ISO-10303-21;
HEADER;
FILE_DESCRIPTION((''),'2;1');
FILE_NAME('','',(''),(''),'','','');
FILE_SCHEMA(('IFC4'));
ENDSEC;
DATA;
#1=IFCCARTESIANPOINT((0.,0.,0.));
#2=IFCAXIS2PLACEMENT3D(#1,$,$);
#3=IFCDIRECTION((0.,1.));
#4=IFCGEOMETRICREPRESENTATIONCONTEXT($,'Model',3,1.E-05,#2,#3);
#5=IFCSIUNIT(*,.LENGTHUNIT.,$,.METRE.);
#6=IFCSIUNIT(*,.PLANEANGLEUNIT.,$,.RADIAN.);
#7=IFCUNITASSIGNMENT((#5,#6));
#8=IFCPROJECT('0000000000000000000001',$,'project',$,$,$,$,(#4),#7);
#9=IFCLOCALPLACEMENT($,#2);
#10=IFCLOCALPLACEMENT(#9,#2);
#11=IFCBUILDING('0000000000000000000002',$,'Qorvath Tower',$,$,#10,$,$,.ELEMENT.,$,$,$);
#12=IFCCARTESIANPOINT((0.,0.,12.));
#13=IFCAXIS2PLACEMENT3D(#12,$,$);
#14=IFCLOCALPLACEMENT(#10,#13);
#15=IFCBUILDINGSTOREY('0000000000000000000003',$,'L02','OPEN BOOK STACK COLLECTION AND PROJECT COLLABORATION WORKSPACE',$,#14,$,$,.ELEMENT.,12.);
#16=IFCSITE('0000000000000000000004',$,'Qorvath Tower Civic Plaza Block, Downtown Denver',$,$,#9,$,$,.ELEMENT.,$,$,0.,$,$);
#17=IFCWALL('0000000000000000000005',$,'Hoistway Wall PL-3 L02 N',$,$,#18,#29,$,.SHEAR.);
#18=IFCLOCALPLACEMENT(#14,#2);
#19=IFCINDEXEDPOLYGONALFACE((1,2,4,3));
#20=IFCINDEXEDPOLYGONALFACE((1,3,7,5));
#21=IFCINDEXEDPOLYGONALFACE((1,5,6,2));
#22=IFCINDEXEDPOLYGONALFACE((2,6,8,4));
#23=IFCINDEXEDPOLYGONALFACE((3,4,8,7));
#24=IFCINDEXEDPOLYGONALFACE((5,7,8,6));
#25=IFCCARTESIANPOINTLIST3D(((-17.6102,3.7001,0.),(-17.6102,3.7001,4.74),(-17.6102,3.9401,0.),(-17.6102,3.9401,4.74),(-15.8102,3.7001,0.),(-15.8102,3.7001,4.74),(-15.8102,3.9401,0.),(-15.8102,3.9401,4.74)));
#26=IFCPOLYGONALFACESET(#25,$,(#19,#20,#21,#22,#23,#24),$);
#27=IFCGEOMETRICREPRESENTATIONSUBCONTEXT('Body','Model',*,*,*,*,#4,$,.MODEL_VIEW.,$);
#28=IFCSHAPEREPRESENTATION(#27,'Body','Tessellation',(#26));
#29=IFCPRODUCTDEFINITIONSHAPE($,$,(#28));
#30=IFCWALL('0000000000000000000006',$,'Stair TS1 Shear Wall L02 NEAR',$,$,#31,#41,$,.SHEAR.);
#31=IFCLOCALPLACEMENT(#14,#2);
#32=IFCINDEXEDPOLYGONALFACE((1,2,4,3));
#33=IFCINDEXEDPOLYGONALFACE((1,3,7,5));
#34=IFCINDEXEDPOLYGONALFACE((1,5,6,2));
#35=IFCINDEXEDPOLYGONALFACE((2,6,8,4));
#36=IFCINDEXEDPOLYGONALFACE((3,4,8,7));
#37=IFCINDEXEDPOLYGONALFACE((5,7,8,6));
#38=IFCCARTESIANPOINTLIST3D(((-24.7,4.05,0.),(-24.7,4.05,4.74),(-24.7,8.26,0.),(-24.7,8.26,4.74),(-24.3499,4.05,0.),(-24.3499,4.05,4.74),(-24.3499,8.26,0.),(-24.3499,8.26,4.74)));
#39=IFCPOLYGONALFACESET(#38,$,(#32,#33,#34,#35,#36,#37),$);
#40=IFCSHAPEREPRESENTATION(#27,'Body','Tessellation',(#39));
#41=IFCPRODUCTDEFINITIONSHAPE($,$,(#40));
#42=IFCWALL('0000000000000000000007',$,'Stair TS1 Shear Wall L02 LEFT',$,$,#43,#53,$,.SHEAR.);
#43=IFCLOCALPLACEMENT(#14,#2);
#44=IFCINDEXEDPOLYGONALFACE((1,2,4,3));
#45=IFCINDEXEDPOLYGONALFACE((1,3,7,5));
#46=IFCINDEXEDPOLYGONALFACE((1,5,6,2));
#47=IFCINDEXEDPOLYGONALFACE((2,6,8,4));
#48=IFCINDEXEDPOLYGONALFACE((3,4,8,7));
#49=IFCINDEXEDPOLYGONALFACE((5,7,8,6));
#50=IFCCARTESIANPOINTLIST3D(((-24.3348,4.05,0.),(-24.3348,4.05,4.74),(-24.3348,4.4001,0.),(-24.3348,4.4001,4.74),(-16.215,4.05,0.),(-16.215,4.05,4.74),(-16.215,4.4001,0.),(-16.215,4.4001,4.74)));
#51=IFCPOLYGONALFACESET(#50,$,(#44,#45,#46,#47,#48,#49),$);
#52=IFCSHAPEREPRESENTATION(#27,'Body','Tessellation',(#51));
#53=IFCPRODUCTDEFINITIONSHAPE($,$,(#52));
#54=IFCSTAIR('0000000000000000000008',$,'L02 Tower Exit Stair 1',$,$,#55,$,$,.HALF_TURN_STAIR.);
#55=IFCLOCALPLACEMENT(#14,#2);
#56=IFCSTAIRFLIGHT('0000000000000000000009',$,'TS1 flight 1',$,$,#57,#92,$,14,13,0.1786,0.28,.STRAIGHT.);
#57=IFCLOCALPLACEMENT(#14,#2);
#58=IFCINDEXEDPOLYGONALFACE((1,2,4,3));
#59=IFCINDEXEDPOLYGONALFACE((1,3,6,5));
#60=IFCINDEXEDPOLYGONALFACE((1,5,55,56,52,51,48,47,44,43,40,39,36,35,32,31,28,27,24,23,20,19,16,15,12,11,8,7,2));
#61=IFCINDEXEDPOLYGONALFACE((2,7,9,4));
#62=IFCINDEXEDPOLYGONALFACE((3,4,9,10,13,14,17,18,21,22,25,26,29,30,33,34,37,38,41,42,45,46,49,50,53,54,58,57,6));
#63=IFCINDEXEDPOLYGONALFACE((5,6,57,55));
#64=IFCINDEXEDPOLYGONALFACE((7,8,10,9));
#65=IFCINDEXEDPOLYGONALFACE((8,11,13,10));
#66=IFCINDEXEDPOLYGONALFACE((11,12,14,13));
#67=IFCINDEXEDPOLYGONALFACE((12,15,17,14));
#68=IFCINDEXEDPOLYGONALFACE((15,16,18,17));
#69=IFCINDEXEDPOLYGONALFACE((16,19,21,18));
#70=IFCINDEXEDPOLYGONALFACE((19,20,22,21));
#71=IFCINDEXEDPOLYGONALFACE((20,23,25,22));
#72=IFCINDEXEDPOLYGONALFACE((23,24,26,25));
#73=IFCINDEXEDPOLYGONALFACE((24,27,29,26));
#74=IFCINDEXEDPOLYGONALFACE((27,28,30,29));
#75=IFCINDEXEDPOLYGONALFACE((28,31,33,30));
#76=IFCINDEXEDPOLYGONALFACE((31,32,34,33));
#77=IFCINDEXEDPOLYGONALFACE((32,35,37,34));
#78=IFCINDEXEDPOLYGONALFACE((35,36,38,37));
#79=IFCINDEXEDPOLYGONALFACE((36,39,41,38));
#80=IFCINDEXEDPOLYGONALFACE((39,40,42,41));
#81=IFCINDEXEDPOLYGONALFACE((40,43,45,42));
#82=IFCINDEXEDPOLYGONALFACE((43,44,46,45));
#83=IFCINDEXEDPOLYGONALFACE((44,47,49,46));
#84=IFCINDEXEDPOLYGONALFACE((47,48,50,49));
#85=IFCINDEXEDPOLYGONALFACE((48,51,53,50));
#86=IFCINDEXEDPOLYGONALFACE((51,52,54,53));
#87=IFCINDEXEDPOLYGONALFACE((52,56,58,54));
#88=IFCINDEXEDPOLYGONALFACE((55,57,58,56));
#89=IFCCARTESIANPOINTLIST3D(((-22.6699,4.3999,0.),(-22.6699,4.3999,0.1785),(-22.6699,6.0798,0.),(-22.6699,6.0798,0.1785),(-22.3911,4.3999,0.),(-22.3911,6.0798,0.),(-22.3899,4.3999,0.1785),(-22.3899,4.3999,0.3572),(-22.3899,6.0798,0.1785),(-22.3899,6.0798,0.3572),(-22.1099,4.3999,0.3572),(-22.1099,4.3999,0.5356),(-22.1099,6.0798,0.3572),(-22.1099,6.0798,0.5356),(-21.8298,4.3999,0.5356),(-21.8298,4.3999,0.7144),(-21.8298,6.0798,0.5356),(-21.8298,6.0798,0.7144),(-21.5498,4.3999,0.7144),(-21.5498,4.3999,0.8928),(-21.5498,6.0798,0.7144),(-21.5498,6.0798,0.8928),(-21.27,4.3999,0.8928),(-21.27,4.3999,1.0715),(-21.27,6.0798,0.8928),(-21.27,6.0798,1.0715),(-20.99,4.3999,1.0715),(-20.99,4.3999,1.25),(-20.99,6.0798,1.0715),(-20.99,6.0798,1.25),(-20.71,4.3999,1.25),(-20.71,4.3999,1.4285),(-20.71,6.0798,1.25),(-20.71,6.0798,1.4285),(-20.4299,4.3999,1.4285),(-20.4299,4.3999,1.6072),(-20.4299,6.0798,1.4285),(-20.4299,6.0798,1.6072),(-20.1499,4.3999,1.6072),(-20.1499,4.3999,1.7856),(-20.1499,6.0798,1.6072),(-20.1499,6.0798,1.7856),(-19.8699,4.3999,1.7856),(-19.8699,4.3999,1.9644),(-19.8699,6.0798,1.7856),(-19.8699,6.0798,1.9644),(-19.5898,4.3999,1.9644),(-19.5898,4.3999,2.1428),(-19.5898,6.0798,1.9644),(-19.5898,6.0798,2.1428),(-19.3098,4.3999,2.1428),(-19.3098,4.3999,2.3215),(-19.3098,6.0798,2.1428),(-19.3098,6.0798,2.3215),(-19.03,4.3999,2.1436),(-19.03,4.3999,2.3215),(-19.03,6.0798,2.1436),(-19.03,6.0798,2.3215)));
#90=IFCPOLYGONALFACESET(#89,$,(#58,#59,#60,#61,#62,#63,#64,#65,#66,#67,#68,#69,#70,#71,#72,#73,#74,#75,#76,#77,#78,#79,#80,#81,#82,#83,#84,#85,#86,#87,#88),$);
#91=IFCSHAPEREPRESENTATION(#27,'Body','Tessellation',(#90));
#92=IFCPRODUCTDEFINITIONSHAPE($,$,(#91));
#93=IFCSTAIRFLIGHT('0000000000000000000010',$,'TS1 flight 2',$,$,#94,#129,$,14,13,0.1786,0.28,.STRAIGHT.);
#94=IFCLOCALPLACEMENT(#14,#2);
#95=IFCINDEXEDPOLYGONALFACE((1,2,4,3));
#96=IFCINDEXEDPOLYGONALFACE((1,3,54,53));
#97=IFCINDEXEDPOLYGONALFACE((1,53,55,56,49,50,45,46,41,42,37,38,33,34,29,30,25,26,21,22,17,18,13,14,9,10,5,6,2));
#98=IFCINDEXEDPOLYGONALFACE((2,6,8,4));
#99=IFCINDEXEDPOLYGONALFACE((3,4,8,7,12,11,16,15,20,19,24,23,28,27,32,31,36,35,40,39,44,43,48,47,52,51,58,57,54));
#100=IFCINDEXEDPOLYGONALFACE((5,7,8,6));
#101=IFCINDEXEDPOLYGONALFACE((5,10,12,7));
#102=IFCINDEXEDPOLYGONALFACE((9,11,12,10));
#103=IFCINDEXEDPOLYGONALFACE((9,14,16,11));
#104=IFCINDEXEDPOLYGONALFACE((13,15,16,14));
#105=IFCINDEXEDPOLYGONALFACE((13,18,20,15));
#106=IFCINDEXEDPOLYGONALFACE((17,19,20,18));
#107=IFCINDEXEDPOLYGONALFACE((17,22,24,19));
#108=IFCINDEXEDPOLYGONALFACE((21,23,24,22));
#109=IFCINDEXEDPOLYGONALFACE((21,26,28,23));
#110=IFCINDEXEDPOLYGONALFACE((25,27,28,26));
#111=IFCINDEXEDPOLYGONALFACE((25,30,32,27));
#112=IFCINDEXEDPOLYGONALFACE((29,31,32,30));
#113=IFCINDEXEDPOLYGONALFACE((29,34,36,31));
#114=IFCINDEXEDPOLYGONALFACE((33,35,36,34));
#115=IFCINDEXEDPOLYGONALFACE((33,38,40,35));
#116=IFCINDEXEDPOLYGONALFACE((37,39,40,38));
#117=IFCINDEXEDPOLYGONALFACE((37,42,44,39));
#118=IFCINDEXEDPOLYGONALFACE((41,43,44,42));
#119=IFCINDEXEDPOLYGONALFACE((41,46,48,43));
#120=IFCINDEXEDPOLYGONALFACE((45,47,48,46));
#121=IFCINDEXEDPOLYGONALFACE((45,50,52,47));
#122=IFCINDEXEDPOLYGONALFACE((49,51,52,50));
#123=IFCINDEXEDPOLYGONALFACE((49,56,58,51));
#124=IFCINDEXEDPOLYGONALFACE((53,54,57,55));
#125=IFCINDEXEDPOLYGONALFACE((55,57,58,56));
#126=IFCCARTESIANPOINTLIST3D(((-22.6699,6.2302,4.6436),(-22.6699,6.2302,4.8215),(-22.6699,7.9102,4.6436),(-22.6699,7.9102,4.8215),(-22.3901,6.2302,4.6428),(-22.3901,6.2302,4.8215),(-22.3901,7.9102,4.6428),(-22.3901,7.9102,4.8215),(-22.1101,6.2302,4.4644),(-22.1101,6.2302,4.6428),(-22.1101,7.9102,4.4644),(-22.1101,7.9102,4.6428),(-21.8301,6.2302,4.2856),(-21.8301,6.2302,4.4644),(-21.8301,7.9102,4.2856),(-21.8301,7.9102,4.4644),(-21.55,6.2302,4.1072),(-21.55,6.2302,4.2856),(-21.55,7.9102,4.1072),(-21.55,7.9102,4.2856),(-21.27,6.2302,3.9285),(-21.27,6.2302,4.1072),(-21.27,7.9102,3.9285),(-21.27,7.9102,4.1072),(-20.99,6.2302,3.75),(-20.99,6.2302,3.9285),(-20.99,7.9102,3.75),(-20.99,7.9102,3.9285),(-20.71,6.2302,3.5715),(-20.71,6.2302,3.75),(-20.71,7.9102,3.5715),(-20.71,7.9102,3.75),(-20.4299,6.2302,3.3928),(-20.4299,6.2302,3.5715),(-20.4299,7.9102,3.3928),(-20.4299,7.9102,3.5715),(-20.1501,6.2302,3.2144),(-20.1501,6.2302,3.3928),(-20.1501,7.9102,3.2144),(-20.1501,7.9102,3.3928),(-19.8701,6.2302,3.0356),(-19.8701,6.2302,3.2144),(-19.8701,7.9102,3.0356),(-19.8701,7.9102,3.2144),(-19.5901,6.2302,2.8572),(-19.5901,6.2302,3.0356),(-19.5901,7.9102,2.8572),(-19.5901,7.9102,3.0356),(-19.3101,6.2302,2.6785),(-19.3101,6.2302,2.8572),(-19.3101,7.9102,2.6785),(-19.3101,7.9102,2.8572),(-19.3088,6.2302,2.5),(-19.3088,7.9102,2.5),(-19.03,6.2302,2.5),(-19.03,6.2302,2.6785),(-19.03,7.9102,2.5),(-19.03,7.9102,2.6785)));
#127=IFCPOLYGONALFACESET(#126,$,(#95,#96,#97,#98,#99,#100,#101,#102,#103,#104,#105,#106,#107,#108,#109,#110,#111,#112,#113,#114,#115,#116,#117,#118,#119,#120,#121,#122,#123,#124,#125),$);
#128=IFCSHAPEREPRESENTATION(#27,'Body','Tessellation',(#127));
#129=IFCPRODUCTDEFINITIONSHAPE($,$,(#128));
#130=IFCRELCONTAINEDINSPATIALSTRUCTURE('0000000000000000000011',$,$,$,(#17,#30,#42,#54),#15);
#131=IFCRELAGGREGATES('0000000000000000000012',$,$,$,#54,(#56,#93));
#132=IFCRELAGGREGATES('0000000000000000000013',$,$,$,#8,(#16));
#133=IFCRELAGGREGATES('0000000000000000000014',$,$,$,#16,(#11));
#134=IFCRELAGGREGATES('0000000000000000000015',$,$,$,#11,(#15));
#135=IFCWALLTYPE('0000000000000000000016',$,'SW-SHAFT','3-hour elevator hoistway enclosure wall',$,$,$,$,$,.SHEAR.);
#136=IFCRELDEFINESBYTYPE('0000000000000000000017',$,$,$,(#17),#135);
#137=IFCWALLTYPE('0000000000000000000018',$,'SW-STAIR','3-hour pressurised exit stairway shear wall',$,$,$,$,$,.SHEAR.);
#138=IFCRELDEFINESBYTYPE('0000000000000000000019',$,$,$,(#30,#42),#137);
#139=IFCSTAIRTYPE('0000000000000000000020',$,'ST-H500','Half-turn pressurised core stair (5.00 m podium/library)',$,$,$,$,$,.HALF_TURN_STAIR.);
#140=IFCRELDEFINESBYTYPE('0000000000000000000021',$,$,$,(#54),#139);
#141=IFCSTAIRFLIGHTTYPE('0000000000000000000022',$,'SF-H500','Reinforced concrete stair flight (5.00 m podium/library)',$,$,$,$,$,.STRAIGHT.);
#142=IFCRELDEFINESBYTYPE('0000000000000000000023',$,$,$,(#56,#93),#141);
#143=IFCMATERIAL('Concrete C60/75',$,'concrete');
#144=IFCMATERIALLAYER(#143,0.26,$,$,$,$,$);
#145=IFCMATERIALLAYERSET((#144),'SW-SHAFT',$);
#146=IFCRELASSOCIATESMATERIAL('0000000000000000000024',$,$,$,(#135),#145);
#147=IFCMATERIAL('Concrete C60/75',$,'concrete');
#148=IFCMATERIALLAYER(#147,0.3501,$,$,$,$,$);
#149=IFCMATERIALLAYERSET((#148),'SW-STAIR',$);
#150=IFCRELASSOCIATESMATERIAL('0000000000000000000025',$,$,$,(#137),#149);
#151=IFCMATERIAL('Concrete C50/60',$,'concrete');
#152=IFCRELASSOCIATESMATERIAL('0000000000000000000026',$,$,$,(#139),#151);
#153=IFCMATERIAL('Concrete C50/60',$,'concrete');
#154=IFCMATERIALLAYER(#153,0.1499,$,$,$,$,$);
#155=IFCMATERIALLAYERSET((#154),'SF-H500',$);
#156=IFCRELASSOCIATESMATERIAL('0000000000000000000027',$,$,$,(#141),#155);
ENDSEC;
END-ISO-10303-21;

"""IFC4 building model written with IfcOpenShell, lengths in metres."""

from ifc_helpers import new_model, si_unit, direction, frame, frame_2d, origin, place, context, subcontext, project, spatial, polyline, rectangle, outline, extrude, material, layer, layer_set, type_object, element, aggregate, save


model = new_model("IFC4")

# Units and contexts
model_context = context("Model", 3, precision=1e-05, world=origin(), true_north=direction((0.0, 1.0)))
body_context = subcontext(model_context, "Body", "Model", "MODEL_VIEW")
ifc_project = project(units=[si_unit("LENGTHUNIT", "METRE"), si_unit("PLANEANGLEUNIT", "RADIAN")], contexts=[model_context])

# Site, building, storey
site_placement = place(None, origin())
site = spatial("IfcSite", under=ifc_project, at=site_placement, Name="Qorvath Tower Civic Plaza Block, Downtown Denver", CompositionType="ELEMENT", RefElevation=0.0)
building_placement = place(site_placement, origin())
building = spatial("IfcBuilding", under=site, at=building_placement, Name="Qorvath Tower", CompositionType="ELEMENT")
storey_placement = place(building_placement, frame((0.0, 0.0, 12.0)))
storey = spatial("IfcBuildingStorey", under=building, at=storey_placement, Name="L02", Description="OPEN BOOK STACK COLLECTION AND PROJECT COLLABORATION WORKSPACE", CompositionType="ELEMENT", Elevation=12.0)

# Shared definitions
ifc_material_1 = material(Name="Concrete C60/75", Category="concrete")
ifc_layer_1 = layer(ifc_material_1, 0.26)
ifc_layer_set_1 = layer_set([ifc_layer_1], Name="SW-SHAFT")
wall_type_1 = type_object("IfcWallType", Name="SW-SHAFT", Description="3-hour elevator hoistway enclosure wall", PredefinedType="SHEAR", material=ifc_layer_set_1)

# Walls
wall_1_placement = place(storey_placement, frame((-17.6101, 3.8201, 0.0), z_axis=(0.0, 0.0, 1.0), x_axis=(1.0, 0.0, 0.0)))
element("IfcWall", 1, at=wall_1_placement, inside=storey, type_object=wall_type_1, Name="Hoistway Wall PL-3 L02 N", PredefinedType="SHEAR", context=body_context, shape_type="SweptSolid", body=[
    extrude(rectangle(XDim=1.8, YDim=0.24, at=frame_2d((0.8999, 0.0))), origin(), (0.0, 0.0, 1.0), 4.74),
])
ifc_material_2 = material(Name="Concrete C60/75", Category="concrete")
ifc_layer_2 = layer(ifc_material_2, 0.3501)
ifc_layer_set_2 = layer_set([ifc_layer_2], Name="SW-STAIR")
wall_type_2 = type_object("IfcWallType", Name="SW-STAIR", Description="3-hour pressurised exit stairway shear wall", PredefinedType="SHEAR", material=ifc_layer_set_2)
wall_2_placement = place(storey_placement, frame((-24.5249, 8.26, 0.0), z_axis=(0.0, 0.0, 1.0), x_axis=(0.0, -1.0, 0.0)))
element("IfcWall", 2, at=wall_2_placement, inside=storey, type_object=wall_type_2, Name="Stair TS1 Shear Wall L02 NEAR", PredefinedType="SHEAR", context=body_context, shape_type="SweptSolid", body=[
    extrude(rectangle(XDim=4.21, YDim=0.3501, at=frame_2d((2.105, 0.0))), origin(), (0.0, 0.0, 1.0), 4.74),
])
wall_3_placement = place(storey_placement, frame((-24.335, 4.2251, 0.0), z_axis=(0.0, 0.0, 1.0), x_axis=(1.0, 0.0, 0.0)))
element("IfcWall", 3, at=wall_3_placement, inside=storey, type_object=wall_type_2, Name="Stair TS1 Shear Wall L02 LEFT", PredefinedType="SHEAR", context=body_context, shape_type="SweptSolid", body=[
    extrude(rectangle(XDim=8.1199, YDim=0.3501, at=frame_2d((4.0601, 0.0))), origin(), (0.0, 0.0, 1.0), 4.74),
])

# Stair, stair flights
ifc_material_3 = material(Name="Concrete C50/60", Category="concrete")
stair_type = type_object("IfcStairType", Name="ST-H500", Description="Half-turn pressurised core stair (5.00 m podium/library)", PredefinedType="HALF_TURN_STAIR", material=ifc_material_3)
stair_placement = place(storey_placement, origin())
stair = element("IfcStair", 4, at=stair_placement, inside=storey, type_object=stair_type, Name="L02 Tower Exit Stair 1", PredefinedType="HALF_TURN_STAIR")
ifc_material_4 = material(Name="Concrete C50/60", Category="concrete")
ifc_layer_3 = layer(ifc_material_4, 0.1499)
ifc_layer_set_3 = layer_set([ifc_layer_3], Name="SF-H500")
stair_flight_type = type_object("IfcStairFlightType", Name="SF-H500", Description="Reinforced concrete stair flight (5.00 m podium/library)", PredefinedType="STRAIGHT", material=ifc_layer_set_3)
stair_flight_1_placement = place(storey_placement, frame((-22.6699, 5.24, 0.0), z_axis=(0.0, 0.0, 1.0), x_axis=(1.0, 0.0, 0.0)))
stair_flight_1 = element("IfcStairFlight", 5, at=stair_flight_1_placement, type_object=stair_flight_type, Name="TS1 flight 1", NumberOfRisers=14, NumberOfTreads=13, PredefinedType="STRAIGHT", RiserHeight=0.1786, TreadLength=0.28, context=body_context, shape_type="SweptSolid", body=[
    extrude(outline(polyline([(0.0, 0.0), (0.0, 0.1785), (0.28, 0.1785), (0.28, 0.3572), (0.5601, 0.3572), (0.5601, 0.5356), (0.8401, 0.5356), (0.8401, 0.7144), (1.1201, 0.7144), (1.1201, 0.8928), (1.3999, 0.8928), (1.3999, 1.0715), (1.6799, 1.0715), (1.6799, 1.25), (1.96, 1.25), (1.96, 1.4285), (2.24, 1.4285), (2.24, 1.6072), (2.52, 1.6072), (2.52, 1.7856), (2.8, 1.7856), (2.8, 1.9644), (3.0801, 1.9644), (3.0801, 2.1428), (3.3601, 2.1428), (3.3601, 2.3215), (3.6399, 2.3215), (3.6399, 2.5), (3.6399, 2.1436), (0.2788, 0.0), (0.0, 0.0)])), frame((0.0, 0.8398, 0.0), z_axis=(0.0, -1.0, 0.0), x_axis=(1.0, 0.0, 0.0)), (0.0, 0.0, 1.0), 1.6799),
])
stair_flight_2_placement = place(storey_placement, frame((-19.03, 7.0701, 2.5), z_axis=(0.0, 0.0, 1.0), x_axis=(-1.0, 0.0, 0.0)))
stair_flight_2 = element("IfcStairFlight", 6, at=stair_flight_2_placement, type_object=stair_flight_type, Name="TS1 flight 2", NumberOfRisers=14, NumberOfTreads=13, PredefinedType="STRAIGHT", RiserHeight=0.1786, TreadLength=0.28, context=body_context, shape_type="SweptSolid", body=[
    extrude(outline(polyline([(0.0, 0.0), (0.0, 0.1785), (0.28, 0.1785), (0.28, 0.3572), (0.5601, 0.3572), (0.5601, 0.5356), (0.8401, 0.5356), (0.8401, 0.7144), (1.1201, 0.7144), (1.1201, 0.8928), (1.3999, 0.8928), (1.3999, 1.0715), (1.6799, 1.0715), (1.6799, 1.25), (1.96, 1.25), (1.96, 1.4285), (2.24, 1.4285), (2.24, 1.6072), (2.52, 1.6072), (2.52, 1.7856), (2.8, 1.7856), (2.8, 1.9644), (3.0801, 1.9644), (3.0801, 2.1428), (3.3601, 2.1428), (3.3601, 2.3215), (3.6399, 2.3215), (3.6399, 2.5), (3.6399, 2.1436), (0.2788, 0.0), (0.0, 0.0)])), frame((0.0, 0.8398, 0.0), z_axis=(0.0, -1.0, 0.0), x_axis=(1.0, 0.0, 0.0)), (0.0, 0.0, 1.0), 1.6799),
])
aggregate(stair, [stair_flight_1, stair_flight_2])

save(model, "model.ifc")
